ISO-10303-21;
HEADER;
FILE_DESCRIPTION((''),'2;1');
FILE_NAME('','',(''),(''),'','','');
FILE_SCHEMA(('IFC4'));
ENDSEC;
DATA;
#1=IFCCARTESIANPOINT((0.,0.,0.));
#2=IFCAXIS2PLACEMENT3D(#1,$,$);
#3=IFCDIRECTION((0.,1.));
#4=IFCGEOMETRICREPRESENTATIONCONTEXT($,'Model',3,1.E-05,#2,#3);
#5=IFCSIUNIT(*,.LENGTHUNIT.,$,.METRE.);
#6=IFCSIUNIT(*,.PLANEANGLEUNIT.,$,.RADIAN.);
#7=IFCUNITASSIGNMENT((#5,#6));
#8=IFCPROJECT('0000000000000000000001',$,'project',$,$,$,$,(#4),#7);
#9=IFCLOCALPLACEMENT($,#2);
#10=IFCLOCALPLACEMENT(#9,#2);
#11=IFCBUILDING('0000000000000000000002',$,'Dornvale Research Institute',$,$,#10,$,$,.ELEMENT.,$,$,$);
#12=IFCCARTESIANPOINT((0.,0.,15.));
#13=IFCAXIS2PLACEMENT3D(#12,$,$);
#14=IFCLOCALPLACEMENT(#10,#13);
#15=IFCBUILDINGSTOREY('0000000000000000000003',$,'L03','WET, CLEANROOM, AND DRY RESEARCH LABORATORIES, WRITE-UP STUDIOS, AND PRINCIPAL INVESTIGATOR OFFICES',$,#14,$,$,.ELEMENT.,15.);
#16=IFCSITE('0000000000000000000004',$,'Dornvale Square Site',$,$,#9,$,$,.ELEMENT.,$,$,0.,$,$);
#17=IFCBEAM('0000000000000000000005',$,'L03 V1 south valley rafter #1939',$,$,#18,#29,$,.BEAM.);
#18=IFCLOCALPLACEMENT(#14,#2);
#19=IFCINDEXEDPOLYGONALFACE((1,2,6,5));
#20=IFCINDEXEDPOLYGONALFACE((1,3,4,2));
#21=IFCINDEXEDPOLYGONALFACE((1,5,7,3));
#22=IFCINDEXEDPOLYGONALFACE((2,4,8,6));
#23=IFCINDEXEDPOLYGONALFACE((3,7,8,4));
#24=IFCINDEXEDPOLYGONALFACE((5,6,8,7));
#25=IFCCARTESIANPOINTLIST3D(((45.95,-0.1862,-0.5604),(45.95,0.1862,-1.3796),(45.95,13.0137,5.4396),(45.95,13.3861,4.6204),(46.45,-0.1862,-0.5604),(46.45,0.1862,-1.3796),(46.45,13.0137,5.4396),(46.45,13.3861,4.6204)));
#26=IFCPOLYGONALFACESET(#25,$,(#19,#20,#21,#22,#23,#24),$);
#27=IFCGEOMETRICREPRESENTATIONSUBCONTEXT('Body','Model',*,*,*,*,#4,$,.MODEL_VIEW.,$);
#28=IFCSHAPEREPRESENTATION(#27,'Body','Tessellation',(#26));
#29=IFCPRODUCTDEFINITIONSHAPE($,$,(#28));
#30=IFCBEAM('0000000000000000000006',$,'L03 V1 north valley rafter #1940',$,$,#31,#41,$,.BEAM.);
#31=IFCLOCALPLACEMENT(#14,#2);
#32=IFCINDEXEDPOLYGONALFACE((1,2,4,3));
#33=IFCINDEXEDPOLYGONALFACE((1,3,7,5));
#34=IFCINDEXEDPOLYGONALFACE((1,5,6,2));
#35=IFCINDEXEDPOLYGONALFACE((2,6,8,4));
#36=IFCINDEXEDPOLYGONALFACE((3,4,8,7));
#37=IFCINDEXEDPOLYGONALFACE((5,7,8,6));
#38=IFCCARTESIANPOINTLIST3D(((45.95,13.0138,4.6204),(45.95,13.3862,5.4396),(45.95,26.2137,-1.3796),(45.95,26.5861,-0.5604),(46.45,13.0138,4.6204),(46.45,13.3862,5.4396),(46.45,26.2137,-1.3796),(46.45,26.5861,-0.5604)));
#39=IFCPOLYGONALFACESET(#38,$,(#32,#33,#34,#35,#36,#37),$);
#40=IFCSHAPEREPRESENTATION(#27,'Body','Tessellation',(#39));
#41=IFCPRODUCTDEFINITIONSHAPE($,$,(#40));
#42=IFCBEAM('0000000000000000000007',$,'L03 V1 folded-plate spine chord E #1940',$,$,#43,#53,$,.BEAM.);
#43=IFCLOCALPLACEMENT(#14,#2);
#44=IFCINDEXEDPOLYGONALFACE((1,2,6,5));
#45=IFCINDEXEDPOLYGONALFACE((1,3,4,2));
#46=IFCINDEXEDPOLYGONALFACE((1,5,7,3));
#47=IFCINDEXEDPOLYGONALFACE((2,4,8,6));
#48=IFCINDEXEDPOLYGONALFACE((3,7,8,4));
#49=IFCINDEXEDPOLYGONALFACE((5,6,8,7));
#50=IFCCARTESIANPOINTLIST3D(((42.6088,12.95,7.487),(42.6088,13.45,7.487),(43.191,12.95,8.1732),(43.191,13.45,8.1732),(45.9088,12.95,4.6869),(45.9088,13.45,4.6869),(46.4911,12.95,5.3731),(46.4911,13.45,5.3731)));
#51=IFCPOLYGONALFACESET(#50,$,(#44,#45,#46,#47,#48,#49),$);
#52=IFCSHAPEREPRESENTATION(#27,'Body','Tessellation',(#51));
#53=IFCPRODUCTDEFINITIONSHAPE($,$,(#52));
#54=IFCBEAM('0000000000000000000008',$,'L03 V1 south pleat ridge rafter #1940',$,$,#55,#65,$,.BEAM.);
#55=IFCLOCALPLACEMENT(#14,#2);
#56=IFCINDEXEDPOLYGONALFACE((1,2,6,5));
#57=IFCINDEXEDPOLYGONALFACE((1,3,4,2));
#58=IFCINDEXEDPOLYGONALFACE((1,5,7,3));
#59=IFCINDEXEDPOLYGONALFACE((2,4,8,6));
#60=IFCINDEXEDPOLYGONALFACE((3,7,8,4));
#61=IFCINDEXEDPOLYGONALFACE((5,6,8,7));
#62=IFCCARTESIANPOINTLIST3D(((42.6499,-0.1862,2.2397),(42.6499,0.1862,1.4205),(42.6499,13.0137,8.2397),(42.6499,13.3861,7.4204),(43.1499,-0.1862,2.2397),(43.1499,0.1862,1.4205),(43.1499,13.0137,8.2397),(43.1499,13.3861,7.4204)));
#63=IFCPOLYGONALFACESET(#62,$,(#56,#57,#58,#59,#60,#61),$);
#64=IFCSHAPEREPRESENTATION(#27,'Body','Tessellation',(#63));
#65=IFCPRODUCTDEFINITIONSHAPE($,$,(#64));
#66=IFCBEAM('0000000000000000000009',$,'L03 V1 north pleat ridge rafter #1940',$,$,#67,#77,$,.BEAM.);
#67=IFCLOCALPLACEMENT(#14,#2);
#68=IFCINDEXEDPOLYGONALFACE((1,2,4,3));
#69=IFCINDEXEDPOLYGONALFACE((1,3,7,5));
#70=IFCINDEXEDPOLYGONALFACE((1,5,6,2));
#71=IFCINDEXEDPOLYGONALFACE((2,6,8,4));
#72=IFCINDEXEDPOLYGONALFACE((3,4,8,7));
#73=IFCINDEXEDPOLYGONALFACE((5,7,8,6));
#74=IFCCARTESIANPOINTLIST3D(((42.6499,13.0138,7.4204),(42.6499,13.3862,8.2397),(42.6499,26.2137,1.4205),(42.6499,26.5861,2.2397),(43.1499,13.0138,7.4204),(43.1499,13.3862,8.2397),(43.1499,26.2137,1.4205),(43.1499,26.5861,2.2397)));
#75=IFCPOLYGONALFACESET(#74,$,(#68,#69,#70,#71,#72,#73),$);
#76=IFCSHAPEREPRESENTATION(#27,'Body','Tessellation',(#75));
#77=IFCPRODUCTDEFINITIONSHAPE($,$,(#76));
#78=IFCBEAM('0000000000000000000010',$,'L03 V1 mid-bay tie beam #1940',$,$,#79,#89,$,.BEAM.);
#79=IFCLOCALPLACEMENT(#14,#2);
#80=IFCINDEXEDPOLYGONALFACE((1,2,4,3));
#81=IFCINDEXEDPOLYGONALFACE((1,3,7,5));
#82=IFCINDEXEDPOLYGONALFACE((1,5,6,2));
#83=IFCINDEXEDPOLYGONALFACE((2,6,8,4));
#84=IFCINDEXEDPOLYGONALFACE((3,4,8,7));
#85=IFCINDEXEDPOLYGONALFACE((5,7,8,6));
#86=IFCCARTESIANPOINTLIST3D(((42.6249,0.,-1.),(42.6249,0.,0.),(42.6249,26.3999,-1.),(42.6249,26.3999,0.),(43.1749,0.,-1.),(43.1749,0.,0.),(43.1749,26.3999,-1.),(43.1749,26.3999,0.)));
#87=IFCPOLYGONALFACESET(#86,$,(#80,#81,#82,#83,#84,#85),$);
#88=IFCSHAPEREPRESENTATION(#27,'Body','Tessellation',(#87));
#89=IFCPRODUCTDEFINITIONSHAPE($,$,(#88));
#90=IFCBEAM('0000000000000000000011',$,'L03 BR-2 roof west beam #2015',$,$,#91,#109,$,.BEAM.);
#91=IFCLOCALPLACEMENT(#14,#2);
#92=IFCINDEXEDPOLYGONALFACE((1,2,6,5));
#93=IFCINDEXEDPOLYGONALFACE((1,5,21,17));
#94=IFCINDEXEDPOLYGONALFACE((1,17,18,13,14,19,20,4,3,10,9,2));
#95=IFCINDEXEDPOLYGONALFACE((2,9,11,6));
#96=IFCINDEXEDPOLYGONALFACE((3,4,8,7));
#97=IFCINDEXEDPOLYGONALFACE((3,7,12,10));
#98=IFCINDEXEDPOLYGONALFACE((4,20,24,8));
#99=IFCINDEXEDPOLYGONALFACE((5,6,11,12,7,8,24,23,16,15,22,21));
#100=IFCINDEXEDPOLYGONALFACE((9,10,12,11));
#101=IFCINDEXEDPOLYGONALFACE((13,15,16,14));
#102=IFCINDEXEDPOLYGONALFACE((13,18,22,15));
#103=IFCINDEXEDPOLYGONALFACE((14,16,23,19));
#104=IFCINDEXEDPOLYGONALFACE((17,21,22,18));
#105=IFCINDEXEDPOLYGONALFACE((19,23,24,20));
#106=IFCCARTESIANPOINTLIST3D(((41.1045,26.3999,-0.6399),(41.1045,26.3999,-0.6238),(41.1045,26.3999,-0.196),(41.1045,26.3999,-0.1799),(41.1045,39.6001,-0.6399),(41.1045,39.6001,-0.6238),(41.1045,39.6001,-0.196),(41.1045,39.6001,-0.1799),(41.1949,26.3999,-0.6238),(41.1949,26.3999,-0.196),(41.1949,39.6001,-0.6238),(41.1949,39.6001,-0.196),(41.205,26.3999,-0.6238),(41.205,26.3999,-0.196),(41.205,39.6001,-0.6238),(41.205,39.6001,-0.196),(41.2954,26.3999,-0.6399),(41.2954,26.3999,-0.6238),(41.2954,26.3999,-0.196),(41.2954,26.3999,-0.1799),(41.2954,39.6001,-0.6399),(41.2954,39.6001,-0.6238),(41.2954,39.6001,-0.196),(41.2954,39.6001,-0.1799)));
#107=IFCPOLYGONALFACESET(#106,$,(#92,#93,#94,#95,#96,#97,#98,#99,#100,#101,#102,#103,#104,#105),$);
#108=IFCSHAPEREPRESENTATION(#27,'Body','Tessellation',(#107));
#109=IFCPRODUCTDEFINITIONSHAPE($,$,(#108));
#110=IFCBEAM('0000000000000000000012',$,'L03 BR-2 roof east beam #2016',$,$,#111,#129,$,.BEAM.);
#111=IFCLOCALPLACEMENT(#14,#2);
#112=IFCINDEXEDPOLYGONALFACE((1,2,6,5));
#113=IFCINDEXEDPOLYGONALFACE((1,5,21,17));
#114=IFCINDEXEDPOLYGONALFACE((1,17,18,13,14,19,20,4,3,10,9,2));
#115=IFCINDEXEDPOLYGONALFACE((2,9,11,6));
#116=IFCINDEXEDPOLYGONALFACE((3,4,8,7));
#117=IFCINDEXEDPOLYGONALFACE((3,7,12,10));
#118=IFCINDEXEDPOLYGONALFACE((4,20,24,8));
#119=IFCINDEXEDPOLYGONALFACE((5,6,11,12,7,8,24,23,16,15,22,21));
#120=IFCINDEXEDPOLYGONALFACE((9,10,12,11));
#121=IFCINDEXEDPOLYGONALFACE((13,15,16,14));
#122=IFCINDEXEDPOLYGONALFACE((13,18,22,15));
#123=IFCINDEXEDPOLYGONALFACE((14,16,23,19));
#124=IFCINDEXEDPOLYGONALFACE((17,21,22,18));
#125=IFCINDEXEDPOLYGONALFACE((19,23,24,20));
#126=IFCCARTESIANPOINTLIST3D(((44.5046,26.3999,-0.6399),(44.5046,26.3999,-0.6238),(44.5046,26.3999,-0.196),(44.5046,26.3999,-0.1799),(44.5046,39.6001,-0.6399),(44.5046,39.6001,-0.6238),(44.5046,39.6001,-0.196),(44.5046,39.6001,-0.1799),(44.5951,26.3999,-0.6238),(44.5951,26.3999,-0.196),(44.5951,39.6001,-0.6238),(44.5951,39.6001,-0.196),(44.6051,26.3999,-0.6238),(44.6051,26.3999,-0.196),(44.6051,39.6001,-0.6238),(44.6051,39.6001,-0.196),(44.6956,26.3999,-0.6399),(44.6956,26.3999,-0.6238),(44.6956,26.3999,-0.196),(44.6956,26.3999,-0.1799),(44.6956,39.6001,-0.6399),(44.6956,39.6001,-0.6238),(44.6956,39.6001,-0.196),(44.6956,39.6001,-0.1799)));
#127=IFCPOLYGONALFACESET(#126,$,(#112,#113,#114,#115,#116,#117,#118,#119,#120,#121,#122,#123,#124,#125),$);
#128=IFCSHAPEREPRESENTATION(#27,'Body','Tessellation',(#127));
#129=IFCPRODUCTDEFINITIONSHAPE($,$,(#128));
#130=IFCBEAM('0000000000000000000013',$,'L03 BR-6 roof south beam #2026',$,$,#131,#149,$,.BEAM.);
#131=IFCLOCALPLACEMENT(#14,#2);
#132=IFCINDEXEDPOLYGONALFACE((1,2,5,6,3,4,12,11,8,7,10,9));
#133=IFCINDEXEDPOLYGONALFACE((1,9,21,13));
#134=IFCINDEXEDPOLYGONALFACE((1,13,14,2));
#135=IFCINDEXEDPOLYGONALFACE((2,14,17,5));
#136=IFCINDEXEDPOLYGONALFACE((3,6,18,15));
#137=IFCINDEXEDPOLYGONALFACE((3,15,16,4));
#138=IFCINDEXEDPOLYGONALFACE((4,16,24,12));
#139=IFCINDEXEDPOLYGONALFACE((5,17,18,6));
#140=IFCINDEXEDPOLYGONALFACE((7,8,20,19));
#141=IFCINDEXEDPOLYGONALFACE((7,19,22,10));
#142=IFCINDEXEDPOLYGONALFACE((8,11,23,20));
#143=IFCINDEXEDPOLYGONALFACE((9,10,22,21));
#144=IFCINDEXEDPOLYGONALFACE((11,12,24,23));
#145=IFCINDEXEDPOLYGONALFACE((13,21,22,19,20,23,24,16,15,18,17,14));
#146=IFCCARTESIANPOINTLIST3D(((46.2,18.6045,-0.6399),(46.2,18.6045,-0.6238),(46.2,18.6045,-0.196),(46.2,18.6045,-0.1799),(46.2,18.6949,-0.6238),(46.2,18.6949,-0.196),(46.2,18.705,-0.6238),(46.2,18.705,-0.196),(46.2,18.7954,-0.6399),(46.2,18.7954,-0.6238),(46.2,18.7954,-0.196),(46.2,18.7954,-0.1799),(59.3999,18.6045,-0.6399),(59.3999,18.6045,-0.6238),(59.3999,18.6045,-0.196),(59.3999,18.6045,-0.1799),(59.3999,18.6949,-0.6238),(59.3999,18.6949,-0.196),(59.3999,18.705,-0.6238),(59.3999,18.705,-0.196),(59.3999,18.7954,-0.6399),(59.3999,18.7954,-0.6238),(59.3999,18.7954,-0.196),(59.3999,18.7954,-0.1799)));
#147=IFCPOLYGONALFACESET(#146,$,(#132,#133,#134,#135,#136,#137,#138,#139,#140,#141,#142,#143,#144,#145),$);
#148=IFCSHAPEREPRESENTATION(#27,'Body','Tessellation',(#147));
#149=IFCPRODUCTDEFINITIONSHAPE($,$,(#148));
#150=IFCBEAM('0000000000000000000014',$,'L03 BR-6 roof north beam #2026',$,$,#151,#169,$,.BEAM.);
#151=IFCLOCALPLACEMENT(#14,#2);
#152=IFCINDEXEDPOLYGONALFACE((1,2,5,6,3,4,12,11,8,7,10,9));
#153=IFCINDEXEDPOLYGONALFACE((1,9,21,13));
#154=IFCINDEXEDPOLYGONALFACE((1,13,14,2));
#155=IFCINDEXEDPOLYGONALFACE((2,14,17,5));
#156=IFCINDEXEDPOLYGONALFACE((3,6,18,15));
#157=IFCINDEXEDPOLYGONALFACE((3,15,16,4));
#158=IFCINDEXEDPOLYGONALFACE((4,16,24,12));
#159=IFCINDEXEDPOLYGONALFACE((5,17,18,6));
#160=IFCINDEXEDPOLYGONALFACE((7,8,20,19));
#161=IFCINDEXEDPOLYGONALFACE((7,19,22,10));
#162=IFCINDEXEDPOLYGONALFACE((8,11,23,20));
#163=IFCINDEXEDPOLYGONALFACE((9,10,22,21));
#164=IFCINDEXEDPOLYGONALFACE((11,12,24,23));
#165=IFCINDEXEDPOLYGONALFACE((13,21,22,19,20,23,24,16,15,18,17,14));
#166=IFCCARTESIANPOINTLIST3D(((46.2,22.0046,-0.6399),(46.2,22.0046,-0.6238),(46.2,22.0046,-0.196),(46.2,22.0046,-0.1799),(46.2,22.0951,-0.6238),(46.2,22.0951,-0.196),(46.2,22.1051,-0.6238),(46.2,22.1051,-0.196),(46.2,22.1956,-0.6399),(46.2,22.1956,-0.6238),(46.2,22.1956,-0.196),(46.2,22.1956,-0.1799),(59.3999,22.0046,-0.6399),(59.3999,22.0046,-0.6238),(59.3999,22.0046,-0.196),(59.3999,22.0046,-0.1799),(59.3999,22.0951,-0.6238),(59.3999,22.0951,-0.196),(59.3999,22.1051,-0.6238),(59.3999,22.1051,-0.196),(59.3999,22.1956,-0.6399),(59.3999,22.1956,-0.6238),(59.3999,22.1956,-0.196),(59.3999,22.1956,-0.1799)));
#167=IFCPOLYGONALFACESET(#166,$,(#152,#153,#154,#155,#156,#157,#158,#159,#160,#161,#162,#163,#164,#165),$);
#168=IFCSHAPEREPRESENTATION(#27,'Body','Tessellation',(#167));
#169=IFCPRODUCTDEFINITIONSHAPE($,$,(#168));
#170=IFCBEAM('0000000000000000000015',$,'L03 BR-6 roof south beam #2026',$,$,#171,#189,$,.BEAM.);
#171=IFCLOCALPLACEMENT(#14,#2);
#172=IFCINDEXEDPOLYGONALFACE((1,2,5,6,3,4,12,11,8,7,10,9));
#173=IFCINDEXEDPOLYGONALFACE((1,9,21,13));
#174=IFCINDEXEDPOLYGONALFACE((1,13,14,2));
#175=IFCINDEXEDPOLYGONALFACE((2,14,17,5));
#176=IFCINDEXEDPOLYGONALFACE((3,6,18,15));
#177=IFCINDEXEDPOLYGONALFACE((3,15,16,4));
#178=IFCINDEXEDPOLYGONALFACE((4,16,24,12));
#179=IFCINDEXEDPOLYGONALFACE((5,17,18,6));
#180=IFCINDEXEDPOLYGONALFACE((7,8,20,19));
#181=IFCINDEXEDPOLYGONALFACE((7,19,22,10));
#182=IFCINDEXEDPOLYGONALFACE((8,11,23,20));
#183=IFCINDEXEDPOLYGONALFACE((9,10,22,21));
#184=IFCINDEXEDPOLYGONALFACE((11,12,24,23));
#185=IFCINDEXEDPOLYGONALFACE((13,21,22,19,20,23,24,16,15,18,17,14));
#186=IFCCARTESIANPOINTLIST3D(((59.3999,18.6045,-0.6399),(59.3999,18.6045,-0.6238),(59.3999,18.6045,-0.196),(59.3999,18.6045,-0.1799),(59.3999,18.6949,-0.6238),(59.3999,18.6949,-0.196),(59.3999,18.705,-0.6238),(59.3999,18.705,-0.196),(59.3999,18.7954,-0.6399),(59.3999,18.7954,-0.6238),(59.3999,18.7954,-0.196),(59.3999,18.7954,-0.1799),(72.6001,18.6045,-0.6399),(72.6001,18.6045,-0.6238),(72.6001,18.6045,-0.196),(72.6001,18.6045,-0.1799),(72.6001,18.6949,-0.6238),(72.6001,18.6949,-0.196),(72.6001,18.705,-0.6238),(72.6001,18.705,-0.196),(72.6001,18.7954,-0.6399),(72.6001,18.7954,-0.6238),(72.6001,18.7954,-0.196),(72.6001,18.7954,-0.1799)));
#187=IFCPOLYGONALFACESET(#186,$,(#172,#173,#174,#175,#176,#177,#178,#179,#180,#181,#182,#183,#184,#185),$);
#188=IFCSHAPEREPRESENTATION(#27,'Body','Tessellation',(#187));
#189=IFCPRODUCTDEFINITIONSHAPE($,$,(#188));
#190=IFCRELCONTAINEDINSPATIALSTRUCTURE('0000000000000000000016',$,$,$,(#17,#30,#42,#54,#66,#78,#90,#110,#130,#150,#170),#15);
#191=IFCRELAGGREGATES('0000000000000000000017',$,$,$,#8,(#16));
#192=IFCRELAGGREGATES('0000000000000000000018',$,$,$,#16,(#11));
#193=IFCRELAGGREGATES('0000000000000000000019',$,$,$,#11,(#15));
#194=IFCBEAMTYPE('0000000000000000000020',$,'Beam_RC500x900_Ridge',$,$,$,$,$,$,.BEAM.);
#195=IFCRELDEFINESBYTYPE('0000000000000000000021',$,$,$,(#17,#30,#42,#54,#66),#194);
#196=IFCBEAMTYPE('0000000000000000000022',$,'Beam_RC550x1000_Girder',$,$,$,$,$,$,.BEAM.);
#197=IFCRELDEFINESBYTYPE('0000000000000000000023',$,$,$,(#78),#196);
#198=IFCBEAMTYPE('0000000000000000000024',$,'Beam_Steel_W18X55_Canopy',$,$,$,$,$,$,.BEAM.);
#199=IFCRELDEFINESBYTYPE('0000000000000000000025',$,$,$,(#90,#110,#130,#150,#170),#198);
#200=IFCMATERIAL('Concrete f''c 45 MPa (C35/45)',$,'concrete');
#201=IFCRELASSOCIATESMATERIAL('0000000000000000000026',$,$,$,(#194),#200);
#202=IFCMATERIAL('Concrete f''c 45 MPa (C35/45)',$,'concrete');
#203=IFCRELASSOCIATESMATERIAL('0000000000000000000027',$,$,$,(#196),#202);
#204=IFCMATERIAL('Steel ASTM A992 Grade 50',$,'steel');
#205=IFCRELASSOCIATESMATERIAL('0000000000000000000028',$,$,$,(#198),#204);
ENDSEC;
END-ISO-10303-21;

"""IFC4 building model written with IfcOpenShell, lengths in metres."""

from ifc_helpers import new_model, si_unit, direction, frame, origin, origin_2d, place, context, subcontext, project, spatial, rectangle, i_section, extrude, material, material_profile, profile_set, type_object, element, save


model = new_model("IFC4")

# Units and contexts
model_context = context("Model", 3, precision=1e-05, world=origin(), true_north=direction((0.0, 1.0)))
body_context = subcontext(model_context, "Body", "Model", "MODEL_VIEW")
ifc_project = project(units=[si_unit("LENGTHUNIT", "METRE"), si_unit("PLANEANGLEUNIT", "RADIAN")], contexts=[model_context])

# Site, building, storey
site_placement = place(None, origin())
site = spatial("IfcSite", under=ifc_project, at=site_placement, Name="Dornvale Square Site", CompositionType="ELEMENT", RefElevation=0.0)
building_placement = place(site_placement, origin())
building = spatial("IfcBuilding", under=site, at=building_placement, Name="Dornvale Research Institute", CompositionType="ELEMENT")
storey_placement = place(building_placement, frame((0.0, 0.0, 15.0)))
storey = spatial("IfcBuildingStorey", under=building, at=storey_placement, Name="L03", Description="WET, CLEANROOM, AND DRY RESEARCH LABORATORIES, WRITE-UP STUDIOS, AND PRINCIPAL INVESTIGATOR OFFICES", CompositionType="ELEMENT", Elevation=15.0)

# Beams
ifc_material_1 = material(Name="Concrete f'c 45 MPa (C35/45)", Category="concrete")
ifc_material_profile_1 = material_profile(ifc_material_1, rectangle(XDim=0.5, YDim=0.8999, at=origin_2d()), Name="RC 500x900")
ifc_profile_set_1 = profile_set([ifc_material_profile_1], Name="Concrete f'c 45 MPa (C35/45)")
beam_type_1 = type_object("IfcBeamType", Name="Beam_RC500x900_Ridge", PredefinedType="BEAM", material=ifc_profile_set_1)
for number, where, z_axis, x_axis, name in (
    (1, (46.2, 0.0, -0.97), (0.0, 0.910366, 0.413804), (-1.0, 0.0, 0.0), "L03 V1 south valley rafter #1939"),
    (2, (46.2, 26.3999, -0.97), (0.0, -0.910366, 0.413804), (1.0, 0.0, 0.0), "L03 V1 north valley rafter #1940"),
):
    element("IfcBeam", number, at=place(storey_placement, frame(where, z_axis=z_axis, x_axis=x_axis)), inside=storey, type_object=beam_type_1, Name=name, PredefinedType="BEAM", context=body_context, shape_type="SweptSolid", body=[
        extrude(rectangle(XDim=0.5, YDim=0.8999, at=origin_2d()), origin(), (0.0, 0.0, 1.0), 14.4995),
    ])
beam_1_placement = place(storey_placement, frame((42.8999, 13.2, 7.8301), z_axis=(0.762508, 0.0, -0.646978), x_axis=(0.0, 1.0, 0.0)))
element("IfcBeam", 3, at=beam_1_placement, inside=storey, type_object=beam_type_1, Name="L03 V1 folded-plate spine chord E #1940", PredefinedType="BEAM", context=body_context, shape_type="SweptSolid", body=[
    extrude(rectangle(XDim=0.5, YDim=0.8999, at=origin_2d()), origin(), (0.0, 0.0, 1.0), 4.3279),
])
for number, where, z_axis, x_axis, name in (
    (4, (42.8999, 0.0, 1.8301), (0.0, 0.910366, 0.413804), (-1.0, 0.0, 0.0), "L03 V1 south pleat ridge rafter #1940"),
    (5, (42.8999, 26.3999, 1.8301), (0.0, -0.910366, 0.413804), (1.0, 0.0, 0.0), "L03 V1 north pleat ridge rafter #1940"),
):
    element("IfcBeam", number, at=place(storey_placement, frame(where, z_axis=z_axis, x_axis=x_axis)), inside=storey, type_object=beam_type_1, Name=name, PredefinedType="BEAM", context=body_context, shape_type="SweptSolid", body=[
        extrude(rectangle(XDim=0.5, YDim=0.8999, at=origin_2d()), origin(), (0.0, 0.0, 1.0), 14.4995),
    ])
ifc_material_2 = material(Name="Concrete f'c 45 MPa (C35/45)", Category="concrete")
ifc_material_profile_2 = material_profile(ifc_material_2, rectangle(XDim=0.55, YDim=1.0, at=origin_2d()), Name="RC 550x1000")
ifc_profile_set_2 = profile_set([ifc_material_profile_2], Name="Concrete f'c 45 MPa (C35/45)")
beam_type_2 = type_object("IfcBeamType", Name="Beam_RC550x1000_Girder", PredefinedType="BEAM", material=ifc_profile_set_2)
beam_2_placement = place(storey_placement, frame((42.8999, 0.0, -0.5), z_axis=(0.0, 1.0, 0.0), x_axis=(-1.0, 0.0, 0.0)))
element("IfcBeam", 6, at=beam_2_placement, inside=storey, type_object=beam_type_2, Name="L03 V1 mid-bay tie beam #1940", PredefinedType="BEAM", context=body_context, shape_type="SweptSolid", body=[
    extrude(rectangle(XDim=0.55, YDim=1.0, at=origin_2d()), origin(), (0.0, 0.0, 1.0), 26.3999),
])
ifc_material_3 = material(Name="Steel ASTM A992 Grade 50", Category="steel")
ifc_material_profile_3 = material_profile(ifc_material_3, i_section(OverallWidth=0.1909, OverallDepth=0.46, WebThickness=0.01, FlangeThickness=0.0161, at=origin_2d()), Name="W18X55")
ifc_profile_set_3 = profile_set([ifc_material_profile_3], Name="Steel ASTM A992 Grade 50")
beam_type_3 = type_object("IfcBeamType", Name="Beam_Steel_W18X55_Canopy", PredefinedType="BEAM", material=ifc_profile_set_3)
for number, where, z_axis, x_axis, name in (
    (7, (41.2, 26.3999, -0.4099), (0.0, 1.0, 0.0), (-1.0, 0.0, 0.0), "L03 BR-2 roof west beam #2015"),
    (8, (44.6001, 26.3999, -0.4099), (0.0, 1.0, 0.0), (-1.0, 0.0, 0.0), "L03 BR-2 roof east beam #2016"),
):
    element("IfcBeam", number, at=place(storey_placement, frame(where, z_axis=z_axis, x_axis=x_axis)), inside=storey, type_object=beam_type_3, Name=name, PredefinedType="BEAM", context=body_context, shape_type="SweptSolid", body=[
        extrude(i_section(OverallWidth=0.1909, OverallDepth=0.46, WebThickness=0.01, FlangeThickness=0.0161, at=origin_2d()), origin(), (0.0, 0.0, 1.0), 13.2002),
    ])
for number, where, z_axis, x_axis, name in (
    (9, (46.2, 18.7, -0.4099), (1.0, 0.0, 0.0), (0.0, 1.0, 0.0), "L03 BR-6 roof south beam #2026"),
    (10, (46.2, 22.1001, -0.4099), (1.0, 0.0, 0.0), (0.0, 1.0, 0.0), "L03 BR-6 roof north beam #2026"),
):
    element("IfcBeam", number, at=place(storey_placement, frame(where, z_axis=z_axis, x_axis=x_axis)), inside=storey, type_object=beam_type_3, Name=name, PredefinedType="BEAM", context=body_context, shape_type="SweptSolid", body=[
        extrude(i_section(OverallWidth=0.1909, OverallDepth=0.46, WebThickness=0.01, FlangeThickness=0.0161, at=origin_2d()), origin(), (0.0, 0.0, 1.0), 13.2),
    ])
for number, where, z_axis, x_axis, name in (
    (11, (59.3999, 18.7, -0.4099), (1.0, 0.0, 0.0), (0.0, 1.0, 0.0), "L03 BR-6 roof south beam #2026"),
):
    element("IfcBeam", number, at=place(storey_placement, frame(where, z_axis=z_axis, x_axis=x_axis)), inside=storey, type_object=beam_type_3, Name=name, PredefinedType="BEAM", context=body_context, shape_type="SweptSolid", body=[
        extrude(i_section(OverallWidth=0.1909, OverallDepth=0.46, WebThickness=0.01, FlangeThickness=0.0161, at=origin_2d()), origin(), (0.0, 0.0, 1.0), 13.2002),
    ])

save(model, "model.ifc")
